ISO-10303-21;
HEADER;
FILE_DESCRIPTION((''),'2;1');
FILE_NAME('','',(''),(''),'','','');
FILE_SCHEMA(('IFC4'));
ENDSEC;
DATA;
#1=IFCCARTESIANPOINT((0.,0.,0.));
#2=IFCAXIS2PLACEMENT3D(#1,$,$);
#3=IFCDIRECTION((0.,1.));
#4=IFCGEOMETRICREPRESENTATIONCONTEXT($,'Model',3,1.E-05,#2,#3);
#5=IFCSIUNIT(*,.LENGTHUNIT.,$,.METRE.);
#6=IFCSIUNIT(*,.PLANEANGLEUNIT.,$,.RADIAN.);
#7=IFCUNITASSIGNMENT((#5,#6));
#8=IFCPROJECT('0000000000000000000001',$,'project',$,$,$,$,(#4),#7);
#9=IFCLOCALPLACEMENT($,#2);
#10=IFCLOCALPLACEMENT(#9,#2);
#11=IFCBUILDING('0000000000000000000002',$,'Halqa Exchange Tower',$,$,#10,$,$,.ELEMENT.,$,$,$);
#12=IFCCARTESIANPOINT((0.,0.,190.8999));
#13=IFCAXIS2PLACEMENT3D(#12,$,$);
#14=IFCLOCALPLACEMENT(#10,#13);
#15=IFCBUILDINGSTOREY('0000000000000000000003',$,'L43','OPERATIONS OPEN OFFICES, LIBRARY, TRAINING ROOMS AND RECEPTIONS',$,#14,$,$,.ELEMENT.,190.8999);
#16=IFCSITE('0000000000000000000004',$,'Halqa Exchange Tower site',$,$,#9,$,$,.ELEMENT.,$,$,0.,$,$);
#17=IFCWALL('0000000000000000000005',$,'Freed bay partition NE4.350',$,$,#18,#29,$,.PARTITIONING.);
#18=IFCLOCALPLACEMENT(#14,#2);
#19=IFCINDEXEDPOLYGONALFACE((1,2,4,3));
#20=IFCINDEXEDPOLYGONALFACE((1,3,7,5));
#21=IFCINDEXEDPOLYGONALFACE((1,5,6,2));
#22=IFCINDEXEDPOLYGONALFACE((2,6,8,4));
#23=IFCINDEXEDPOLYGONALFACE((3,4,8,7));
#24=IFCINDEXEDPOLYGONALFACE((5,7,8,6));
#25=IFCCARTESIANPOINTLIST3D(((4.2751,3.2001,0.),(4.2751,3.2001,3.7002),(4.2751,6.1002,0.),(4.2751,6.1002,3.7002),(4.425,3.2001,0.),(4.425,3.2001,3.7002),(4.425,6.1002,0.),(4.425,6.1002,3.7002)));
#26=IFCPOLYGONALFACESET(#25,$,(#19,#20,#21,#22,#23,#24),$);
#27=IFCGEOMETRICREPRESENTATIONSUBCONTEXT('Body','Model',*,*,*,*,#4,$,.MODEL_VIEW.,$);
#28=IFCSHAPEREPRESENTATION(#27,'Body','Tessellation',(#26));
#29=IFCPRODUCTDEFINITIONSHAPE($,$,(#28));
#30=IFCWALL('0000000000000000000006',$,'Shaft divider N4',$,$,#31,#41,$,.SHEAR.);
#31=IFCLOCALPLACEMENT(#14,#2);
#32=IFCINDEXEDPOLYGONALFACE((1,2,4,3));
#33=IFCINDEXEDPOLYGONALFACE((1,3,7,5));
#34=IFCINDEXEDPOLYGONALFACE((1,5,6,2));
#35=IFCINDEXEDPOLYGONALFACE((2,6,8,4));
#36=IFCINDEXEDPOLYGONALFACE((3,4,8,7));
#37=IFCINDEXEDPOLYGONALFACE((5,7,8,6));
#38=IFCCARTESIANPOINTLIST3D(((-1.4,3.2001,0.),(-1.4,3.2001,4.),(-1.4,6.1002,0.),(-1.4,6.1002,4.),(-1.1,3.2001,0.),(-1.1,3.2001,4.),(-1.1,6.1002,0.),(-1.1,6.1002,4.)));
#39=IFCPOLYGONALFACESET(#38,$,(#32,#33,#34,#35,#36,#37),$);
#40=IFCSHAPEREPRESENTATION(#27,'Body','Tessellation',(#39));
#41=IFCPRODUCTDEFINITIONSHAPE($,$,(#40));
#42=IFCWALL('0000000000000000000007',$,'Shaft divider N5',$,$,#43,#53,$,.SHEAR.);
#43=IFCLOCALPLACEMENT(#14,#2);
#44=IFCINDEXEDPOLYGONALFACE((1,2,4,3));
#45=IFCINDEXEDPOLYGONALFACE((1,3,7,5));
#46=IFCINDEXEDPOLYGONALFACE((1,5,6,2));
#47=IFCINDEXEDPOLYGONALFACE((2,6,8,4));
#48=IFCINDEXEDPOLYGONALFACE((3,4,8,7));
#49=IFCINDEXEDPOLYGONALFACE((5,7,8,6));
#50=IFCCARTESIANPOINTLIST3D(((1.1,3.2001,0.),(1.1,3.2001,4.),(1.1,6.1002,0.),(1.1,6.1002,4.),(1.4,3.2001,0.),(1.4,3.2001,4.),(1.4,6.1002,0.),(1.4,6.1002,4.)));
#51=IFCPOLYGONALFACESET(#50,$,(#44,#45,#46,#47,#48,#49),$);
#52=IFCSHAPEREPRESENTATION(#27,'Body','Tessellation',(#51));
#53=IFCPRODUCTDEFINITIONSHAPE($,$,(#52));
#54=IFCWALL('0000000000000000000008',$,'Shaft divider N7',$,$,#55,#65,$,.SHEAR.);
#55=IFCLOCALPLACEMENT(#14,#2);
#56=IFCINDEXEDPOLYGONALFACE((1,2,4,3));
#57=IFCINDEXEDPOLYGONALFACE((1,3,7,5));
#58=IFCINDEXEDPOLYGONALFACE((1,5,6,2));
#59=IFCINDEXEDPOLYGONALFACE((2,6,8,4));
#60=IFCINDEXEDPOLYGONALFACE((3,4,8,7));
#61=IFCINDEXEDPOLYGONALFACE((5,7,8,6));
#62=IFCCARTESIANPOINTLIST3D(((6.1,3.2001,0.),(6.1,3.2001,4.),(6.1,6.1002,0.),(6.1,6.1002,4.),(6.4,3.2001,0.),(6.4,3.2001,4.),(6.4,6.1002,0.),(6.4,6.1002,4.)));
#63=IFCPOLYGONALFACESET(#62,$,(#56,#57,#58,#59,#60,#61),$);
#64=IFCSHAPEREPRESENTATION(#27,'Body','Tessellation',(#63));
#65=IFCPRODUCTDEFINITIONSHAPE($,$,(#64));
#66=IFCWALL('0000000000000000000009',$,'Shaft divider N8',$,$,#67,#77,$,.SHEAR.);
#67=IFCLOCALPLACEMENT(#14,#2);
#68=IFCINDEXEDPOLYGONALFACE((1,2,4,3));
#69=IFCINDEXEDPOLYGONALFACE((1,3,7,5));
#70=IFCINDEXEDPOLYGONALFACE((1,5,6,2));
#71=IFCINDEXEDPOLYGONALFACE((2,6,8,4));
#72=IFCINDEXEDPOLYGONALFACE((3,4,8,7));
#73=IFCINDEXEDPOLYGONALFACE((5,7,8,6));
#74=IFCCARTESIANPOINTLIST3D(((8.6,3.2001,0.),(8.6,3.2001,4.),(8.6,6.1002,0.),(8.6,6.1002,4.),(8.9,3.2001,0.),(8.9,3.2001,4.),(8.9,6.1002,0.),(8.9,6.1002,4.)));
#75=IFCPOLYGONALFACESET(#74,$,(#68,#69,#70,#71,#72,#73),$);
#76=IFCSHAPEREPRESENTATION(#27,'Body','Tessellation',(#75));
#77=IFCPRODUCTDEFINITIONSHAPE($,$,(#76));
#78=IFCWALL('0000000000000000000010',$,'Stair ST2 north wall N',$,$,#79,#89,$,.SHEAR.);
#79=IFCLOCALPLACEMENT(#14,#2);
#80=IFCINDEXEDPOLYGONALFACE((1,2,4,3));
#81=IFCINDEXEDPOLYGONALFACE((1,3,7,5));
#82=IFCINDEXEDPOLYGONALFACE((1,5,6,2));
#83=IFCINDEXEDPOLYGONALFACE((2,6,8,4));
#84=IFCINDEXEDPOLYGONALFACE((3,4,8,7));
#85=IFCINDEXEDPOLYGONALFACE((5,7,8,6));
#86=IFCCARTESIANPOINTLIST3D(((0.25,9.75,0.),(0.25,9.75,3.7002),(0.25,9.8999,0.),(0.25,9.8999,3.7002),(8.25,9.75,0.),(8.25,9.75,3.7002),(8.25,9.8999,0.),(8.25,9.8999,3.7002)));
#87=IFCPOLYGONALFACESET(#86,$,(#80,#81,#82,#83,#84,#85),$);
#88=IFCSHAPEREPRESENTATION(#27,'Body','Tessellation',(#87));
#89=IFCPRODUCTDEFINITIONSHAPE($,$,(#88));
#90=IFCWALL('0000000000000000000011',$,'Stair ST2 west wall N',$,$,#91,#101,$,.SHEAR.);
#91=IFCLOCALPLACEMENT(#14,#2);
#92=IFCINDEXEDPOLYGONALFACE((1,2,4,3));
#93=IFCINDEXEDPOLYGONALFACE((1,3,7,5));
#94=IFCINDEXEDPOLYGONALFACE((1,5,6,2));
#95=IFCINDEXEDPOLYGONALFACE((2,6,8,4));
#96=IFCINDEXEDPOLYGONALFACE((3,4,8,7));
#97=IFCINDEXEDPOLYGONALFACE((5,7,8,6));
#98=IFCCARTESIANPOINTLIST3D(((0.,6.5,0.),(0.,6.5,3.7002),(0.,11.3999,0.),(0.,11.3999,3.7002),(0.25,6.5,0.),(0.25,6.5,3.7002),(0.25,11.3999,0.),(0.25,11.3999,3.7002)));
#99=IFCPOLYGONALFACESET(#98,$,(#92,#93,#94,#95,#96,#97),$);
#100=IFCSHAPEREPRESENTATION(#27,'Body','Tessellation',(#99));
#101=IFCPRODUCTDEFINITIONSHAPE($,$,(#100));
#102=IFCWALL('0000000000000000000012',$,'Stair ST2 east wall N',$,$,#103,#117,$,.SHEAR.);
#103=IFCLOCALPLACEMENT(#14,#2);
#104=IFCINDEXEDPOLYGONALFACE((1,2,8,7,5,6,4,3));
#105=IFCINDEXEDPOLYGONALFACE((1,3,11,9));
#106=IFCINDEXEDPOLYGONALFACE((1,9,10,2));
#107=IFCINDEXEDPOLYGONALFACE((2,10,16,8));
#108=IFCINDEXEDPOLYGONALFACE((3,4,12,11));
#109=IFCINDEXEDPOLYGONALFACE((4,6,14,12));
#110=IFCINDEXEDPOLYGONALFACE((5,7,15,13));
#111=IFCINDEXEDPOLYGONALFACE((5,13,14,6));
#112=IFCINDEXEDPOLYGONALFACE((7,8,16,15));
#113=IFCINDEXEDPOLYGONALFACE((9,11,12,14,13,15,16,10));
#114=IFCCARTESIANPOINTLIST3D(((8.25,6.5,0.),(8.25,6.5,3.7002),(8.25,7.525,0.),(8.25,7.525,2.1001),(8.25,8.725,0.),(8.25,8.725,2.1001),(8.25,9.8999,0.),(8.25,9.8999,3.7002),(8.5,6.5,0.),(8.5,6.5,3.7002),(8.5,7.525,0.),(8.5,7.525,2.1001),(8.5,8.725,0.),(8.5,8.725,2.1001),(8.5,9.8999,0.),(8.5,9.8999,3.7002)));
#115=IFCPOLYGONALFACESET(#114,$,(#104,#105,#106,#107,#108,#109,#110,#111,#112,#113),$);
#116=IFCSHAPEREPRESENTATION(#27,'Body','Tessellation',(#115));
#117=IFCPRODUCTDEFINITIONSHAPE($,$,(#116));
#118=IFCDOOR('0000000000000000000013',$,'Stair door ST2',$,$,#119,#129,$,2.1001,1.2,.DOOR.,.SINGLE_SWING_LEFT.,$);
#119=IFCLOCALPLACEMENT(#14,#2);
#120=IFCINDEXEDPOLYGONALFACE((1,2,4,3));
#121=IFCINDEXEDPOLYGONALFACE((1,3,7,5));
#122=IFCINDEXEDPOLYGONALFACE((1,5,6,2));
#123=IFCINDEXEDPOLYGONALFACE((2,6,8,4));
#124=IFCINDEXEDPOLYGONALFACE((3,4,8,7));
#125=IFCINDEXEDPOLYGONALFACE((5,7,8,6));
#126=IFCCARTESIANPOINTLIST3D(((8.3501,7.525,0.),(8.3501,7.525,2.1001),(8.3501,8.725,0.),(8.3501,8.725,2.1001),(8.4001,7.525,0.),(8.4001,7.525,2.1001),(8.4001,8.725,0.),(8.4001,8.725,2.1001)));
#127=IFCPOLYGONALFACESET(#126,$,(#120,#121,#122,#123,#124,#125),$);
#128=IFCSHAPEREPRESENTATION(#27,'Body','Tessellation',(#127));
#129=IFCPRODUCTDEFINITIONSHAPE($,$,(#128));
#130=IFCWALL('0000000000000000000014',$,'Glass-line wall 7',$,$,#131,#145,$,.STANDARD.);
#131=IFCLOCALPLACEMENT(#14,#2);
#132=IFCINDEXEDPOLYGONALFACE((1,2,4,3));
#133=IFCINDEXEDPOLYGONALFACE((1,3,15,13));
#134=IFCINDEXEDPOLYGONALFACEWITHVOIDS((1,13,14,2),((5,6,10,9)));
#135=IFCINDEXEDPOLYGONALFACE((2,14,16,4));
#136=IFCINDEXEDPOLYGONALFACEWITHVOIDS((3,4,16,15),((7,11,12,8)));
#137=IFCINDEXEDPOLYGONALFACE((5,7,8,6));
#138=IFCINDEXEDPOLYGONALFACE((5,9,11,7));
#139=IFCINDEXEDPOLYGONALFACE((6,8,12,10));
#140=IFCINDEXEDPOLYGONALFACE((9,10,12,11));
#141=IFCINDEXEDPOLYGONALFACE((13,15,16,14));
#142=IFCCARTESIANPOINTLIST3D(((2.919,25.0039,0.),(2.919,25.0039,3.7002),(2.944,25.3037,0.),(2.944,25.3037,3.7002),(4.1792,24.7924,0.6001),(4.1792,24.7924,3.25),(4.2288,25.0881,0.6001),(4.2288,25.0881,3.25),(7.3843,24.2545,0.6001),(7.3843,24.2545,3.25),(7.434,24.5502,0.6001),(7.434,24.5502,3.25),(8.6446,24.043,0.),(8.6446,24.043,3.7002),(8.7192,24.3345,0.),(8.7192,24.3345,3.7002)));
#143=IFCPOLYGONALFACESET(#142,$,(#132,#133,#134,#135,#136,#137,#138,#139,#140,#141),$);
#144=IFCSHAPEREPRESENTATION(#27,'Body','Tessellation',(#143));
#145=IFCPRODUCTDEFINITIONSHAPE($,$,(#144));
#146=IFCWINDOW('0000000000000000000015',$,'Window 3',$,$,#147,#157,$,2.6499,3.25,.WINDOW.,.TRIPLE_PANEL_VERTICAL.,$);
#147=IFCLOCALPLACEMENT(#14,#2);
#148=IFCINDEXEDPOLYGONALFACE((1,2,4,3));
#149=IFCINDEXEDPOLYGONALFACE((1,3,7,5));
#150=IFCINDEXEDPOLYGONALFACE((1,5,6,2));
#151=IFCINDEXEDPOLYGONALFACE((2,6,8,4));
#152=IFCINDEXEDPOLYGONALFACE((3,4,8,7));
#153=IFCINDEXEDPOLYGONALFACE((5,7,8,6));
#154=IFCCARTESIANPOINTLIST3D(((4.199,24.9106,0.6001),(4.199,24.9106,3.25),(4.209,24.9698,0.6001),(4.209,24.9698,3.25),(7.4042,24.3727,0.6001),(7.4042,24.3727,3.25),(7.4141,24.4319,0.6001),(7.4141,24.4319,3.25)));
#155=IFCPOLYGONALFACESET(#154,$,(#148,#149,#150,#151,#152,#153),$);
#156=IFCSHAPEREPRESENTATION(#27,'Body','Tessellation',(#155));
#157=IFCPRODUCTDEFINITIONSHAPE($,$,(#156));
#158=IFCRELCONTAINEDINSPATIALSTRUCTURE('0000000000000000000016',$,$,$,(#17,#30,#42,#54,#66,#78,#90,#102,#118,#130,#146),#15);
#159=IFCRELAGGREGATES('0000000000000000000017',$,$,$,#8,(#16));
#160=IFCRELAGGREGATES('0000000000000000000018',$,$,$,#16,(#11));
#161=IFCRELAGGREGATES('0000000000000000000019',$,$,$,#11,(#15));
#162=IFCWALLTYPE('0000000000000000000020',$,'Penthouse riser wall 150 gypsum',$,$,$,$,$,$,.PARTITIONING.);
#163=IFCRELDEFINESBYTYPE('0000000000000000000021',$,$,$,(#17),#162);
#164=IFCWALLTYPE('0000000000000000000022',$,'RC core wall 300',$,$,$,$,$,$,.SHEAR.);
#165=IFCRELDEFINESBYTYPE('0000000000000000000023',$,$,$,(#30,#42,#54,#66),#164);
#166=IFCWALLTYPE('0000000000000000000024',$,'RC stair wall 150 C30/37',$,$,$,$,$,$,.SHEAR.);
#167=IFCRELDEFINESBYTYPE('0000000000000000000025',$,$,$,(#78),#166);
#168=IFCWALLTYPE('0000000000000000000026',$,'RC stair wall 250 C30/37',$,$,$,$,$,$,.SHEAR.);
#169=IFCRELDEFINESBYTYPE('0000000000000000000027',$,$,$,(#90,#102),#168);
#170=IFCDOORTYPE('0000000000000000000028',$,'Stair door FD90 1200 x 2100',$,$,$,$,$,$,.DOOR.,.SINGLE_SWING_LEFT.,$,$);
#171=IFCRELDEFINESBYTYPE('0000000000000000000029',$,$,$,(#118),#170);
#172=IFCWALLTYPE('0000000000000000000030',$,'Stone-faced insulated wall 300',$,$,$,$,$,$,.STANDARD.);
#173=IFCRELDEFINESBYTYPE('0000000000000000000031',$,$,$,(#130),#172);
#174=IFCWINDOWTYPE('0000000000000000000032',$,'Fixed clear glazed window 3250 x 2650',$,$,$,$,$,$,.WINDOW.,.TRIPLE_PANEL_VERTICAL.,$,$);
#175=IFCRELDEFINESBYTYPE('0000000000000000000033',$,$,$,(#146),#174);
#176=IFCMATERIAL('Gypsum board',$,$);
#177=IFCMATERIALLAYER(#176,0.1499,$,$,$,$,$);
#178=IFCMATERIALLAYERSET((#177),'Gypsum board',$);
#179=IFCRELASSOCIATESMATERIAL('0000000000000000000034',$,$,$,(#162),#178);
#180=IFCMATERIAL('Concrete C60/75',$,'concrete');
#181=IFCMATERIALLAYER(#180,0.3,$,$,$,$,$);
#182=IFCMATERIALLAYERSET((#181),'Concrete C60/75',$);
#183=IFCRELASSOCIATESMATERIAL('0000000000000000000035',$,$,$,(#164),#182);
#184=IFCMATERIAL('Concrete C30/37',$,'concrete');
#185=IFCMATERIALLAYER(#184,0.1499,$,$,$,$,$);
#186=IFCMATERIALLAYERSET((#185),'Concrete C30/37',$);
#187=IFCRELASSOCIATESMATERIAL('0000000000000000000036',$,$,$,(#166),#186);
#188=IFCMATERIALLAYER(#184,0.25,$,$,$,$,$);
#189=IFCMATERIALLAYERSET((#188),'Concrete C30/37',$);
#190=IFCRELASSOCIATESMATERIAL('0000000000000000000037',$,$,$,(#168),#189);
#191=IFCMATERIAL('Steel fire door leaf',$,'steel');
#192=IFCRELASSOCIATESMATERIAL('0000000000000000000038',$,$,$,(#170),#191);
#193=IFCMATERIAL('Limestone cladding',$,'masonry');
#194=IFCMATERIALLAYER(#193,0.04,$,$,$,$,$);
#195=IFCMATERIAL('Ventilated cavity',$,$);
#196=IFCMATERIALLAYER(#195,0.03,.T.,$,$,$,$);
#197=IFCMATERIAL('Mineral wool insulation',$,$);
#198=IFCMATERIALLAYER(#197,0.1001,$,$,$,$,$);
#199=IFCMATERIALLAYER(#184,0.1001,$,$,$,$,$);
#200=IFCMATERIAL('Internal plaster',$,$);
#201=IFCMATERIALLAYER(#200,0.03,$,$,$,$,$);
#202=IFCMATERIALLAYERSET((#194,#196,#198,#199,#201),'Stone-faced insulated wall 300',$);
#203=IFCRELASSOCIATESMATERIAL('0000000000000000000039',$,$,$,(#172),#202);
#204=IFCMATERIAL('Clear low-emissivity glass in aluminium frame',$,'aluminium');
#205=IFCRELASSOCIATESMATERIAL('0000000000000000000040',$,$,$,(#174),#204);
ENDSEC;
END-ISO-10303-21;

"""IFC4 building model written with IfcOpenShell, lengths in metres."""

from ifc_helpers import new_model, si_unit, direction, frame, frame_2d, origin, place, context, subcontext, project, spatial, polyline, rectangle, outline, extrude, material, layer, layer_set, type_object, element, fill, save


model = new_model("IFC4")

# Units and contexts
model_context = context("Model", 3, precision=1e-05, world=origin(), true_north=direction((0.0, 1.0)))
body_context = subcontext(model_context, "Body", "Model", "MODEL_VIEW")
ifc_project = project(units=[si_unit("LENGTHUNIT", "METRE"), si_unit("PLANEANGLEUNIT", "RADIAN")], contexts=[model_context])

# Site, building, storey
site_placement = place(None, origin())
site = spatial("IfcSite", under=ifc_project, at=site_placement, Name="Halqa Exchange Tower site", CompositionType="ELEMENT", RefElevation=0.0)
building_placement = place(site_placement, origin())
building = spatial("IfcBuilding", under=site, at=building_placement, Name="Halqa Exchange Tower", CompositionType="ELEMENT")
storey_placement = place(building_placement, frame((0.0, 0.0, 190.8999)))
storey = spatial("IfcBuildingStorey", under=building, at=storey_placement, Name="L43", Description="OPERATIONS OPEN OFFICES, LIBRARY, TRAINING ROOMS AND RECEPTIONS", CompositionType="ELEMENT", Elevation=190.8999)

# Shared definitions
ifc_material_1 = material(Name="Concrete C60/75", Category="concrete")

# Shared definitions
ifc_material_2 = material(Name="Concrete C30/37", Category="concrete")

# Walls
ifc_material_3 = material(Name="Gypsum board")
ifc_layer_1 = layer(ifc_material_3, 0.1499)
ifc_layer_set_1 = layer_set([ifc_layer_1], Name="Gypsum board")
wall_type_1 = type_object("IfcWallType", Name="Penthouse riser wall 150 gypsum", PredefinedType="PARTITIONING", material=ifc_layer_set_1)
wall_1_placement = place(storey_placement, frame((4.3501, 3.2, 0.0), z_axis=(0.0, 0.0, 1.0), x_axis=(0.0, 1.0, 0.0)))
element("IfcWall", 1, at=wall_1_placement, inside=storey, type_object=wall_type_1, Name="Freed bay partition NE4.350", PredefinedType="PARTITIONING", context=body_context, shape_type="SweptSolid", body=[
    extrude(rectangle(XDim=2.9001, YDim=0.1499, at=frame_2d((1.4502, 0.0))), origin(), (0.0, 0.0, 1.0), 3.7002),
])
ifc_layer_2 = layer(ifc_material_1, 0.3)
ifc_layer_set_2 = layer_set([ifc_layer_2], Name="Concrete C60/75")
wall_type_2 = type_object("IfcWallType", Name="RC core wall 300", PredefinedType="SHEAR", material=ifc_layer_set_2)
for number, where, z_axis, x_axis, name in (
    (2, (-1.25, 3.2, 0.0), (0.0, 0.0, 1.0), (0.0, 1.0, 0.0), "Shaft divider N4"),
    (3, (1.25, 3.2, 0.0), (0.0, 0.0, 1.0), (0.0, 1.0, 0.0), "Shaft divider N5"),
    (4, (6.25, 3.2, 0.0), (0.0, 0.0, 1.0), (0.0, 1.0, 0.0), "Shaft divider N7"),
    (5, (8.75, 3.2, 0.0), (0.0, 0.0, 1.0), (0.0, 1.0, 0.0), "Shaft divider N8"),
):
    element("IfcWall", number, at=place(storey_placement, frame(where, z_axis=z_axis, x_axis=x_axis)), inside=storey, type_object=wall_type_2, Name=name, PredefinedType="SHEAR", context=body_context, shape_type="SweptSolid", body=[
        extrude(rectangle(XDim=2.9001, YDim=0.3, at=frame_2d((1.4502, 0.0))), origin(), (0.0, 0.0, 1.0), 4.0),
    ])
ifc_layer_3 = layer(ifc_material_2, 0.1499)
ifc_layer_set_3 = layer_set([ifc_layer_3], Name="Concrete C30/37")
wall_type_3 = type_object("IfcWallType", Name="RC stair wall 150 C30/37", PredefinedType="SHEAR", material=ifc_layer_set_3)
wall_2_placement = place(storey_placement, frame((0.25, 9.825, 0.0), z_axis=(0.0, 0.0, 1.0), x_axis=(1.0, 0.0, 0.0)))
element("IfcWall", 6, at=wall_2_placement, inside=storey, type_object=wall_type_3, Name="Stair ST2 north wall N", PredefinedType="SHEAR", context=body_context, shape_type="SweptSolid", body=[
    extrude(rectangle(XDim=8.0, YDim=0.1499, at=frame_2d((4.0, 0.0))), origin(), (0.0, 0.0, 1.0), 3.7002),
])
ifc_layer_4 = layer(ifc_material_2, 0.25)
ifc_layer_set_4 = layer_set([ifc_layer_4], Name="Concrete C30/37")
wall_type_4 = type_object("IfcWallType", Name="RC stair wall 250 C30/37", PredefinedType="SHEAR", material=ifc_layer_set_4)
wall_3_placement = place(storey_placement, frame((0.125, 6.5, 0.0), z_axis=(0.0, 0.0, 1.0), x_axis=(0.0, 1.0, 0.0)))
element("IfcWall", 7, at=wall_3_placement, inside=storey, type_object=wall_type_4, Name="Stair ST2 west wall N", PredefinedType="SHEAR", context=body_context, shape_type="SweptSolid", body=[
    extrude(rectangle(XDim=4.8999, YDim=0.25, at=frame_2d((2.45, 0.0))), origin(), (0.0, 0.0, 1.0), 3.7002),
])

# Wall, opening, door
wall_4_placement = place(storey_placement, frame((8.375, 6.5, 0.0), z_axis=(0.0, 0.0, 1.0), x_axis=(0.0, 1.0, 0.0)))
wall_4 = element("IfcWall", 8, at=wall_4_placement, inside=storey, type_object=wall_type_4, Name="Stair ST2 east wall N", PredefinedType="SHEAR", context=body_context, shape_type="SweptSolid", body=[
    extrude(rectangle(XDim=3.3999, YDim=0.25, at=frame_2d((1.7, 0.0))), origin(), (0.0, 0.0, 1.0), 3.7002),
])
opening_1_placement = place(wall_4_placement, frame((1.0249, 0.0, 0.0)))
opening_1 = element("IfcOpeningElement", 9, at=opening_1_placement, cuts=wall_4, PredefinedType="OPENING", context=body_context, shape_type="SweptSolid", body=[
    extrude(rectangle(XDim=1.2, YDim=2.1001, at=frame_2d((0.6001, 1.05))), frame((0.0, 0.137, 0.0), z_axis=(0.0, -1.0, 0.0), x_axis=(1.0, 0.0, 0.0)), (0.0, 0.0, 1.0), 0.2739),
])
ifc_material_4 = material(Name="Steel fire door leaf", Category="steel")
door_type_1 = type_object("IfcDoorType", Name="Stair door FD90 1200 x 2100", OperationType="SINGLE_SWING_LEFT", PredefinedType="DOOR", material=ifc_material_4)
door_1_placement = place(opening_1_placement, origin())
door_1 = element("IfcDoor", 10, at=door_1_placement, inside=storey, type_object=door_type_1, Name="Stair door ST2", OperationType="SINGLE_SWING_LEFT", OverallHeight=2.1001, OverallWidth=1.2, PredefinedType="DOOR", context=body_context, shape_type="SweptSolid", body=[
    extrude(rectangle(XDim=1.2, YDim=2.1001, at=frame_2d((0.6001, 1.05))), frame((0.0, 0.0249, 0.0), z_axis=(0.0, -1.0, 0.0), x_axis=(1.0, 0.0, 0.0)), (0.0, 0.0, 1.0), 0.05),
])
fill(opening_1, door_1)

# Wall, opening, window
ifc_material_5 = material(Name="Limestone cladding", Category="masonry")
ifc_layer_5 = layer(ifc_material_5, 0.04)
ifc_material_6 = material(Name="Ventilated cavity")
ifc_layer_6 = layer(ifc_material_6, 0.03, ventilated=True)
ifc_material_7 = material(Name="Mineral wool insulation")
ifc_layer_7 = layer(ifc_material_7, 0.1001)
ifc_layer_8 = layer(ifc_material_2, 0.1001)
ifc_material_8 = material(Name="Internal plaster")
ifc_layer_9 = layer(ifc_material_8, 0.03)
ifc_layer_set_5 = layer_set([ifc_layer_5, ifc_layer_6, ifc_layer_7, ifc_layer_8, ifc_layer_9], Name="Stone-faced insulated wall 300")
wall_type_5 = type_object("IfcWallType", Name="Stone-faced insulated wall 300", PredefinedType="STANDARD", material=ifc_layer_set_5)
wall_5_placement = place(storey_placement, frame((8.6819, 24.1887, 0.0), z_axis=(0.0, 0.0, 1.0), x_axis=(-0.986208, 0.165512, 0.0)))
wall_5 = element("IfcWall", 11, at=wall_5_placement, inside=storey, type_object=wall_type_5, Name="Glass-line wall 7", PredefinedType="STANDARD", context=body_context, shape_type="SweptSolid", body=[
    extrude(outline(polyline([(-0.0127, -0.1499), (5.8433, -0.1499), (5.8184, 0.1499), (0.0127, 0.1499), (-0.0127, -0.1499)])), origin(), (0.0, 0.0, 1.0), 3.7002),
])
opening_2_placement = place(wall_5_placement, frame((1.2905, 0.0, 0.6001)))
opening_2 = element("IfcOpeningElement", 12, at=opening_2_placement, cuts=wall_5, PredefinedType="OPENING", context=body_context, shape_type="SweptSolid", body=[
    extrude(rectangle(XDim=3.25, YDim=2.6499, at=frame_2d((1.625, 1.325))), frame((0.0, 0.1621, 0.0), z_axis=(0.0, -1.0, 0.0), x_axis=(1.0, 0.0, 0.0)), (0.0, 0.0, 1.0), 0.324),
])
ifc_material_9 = material(Name="Clear low-emissivity glass in aluminium frame", Category="aluminium")
window_type = type_object("IfcWindowType", Name="Fixed clear glazed window 3250 x 2650", PartitioningType="TRIPLE_PANEL_VERTICAL", PredefinedType="WINDOW", material=ifc_material_9)
window_placement = place(opening_2_placement, origin())
window = element("IfcWindow", 13, at=window_placement, inside=storey, type_object=window_type, Name="Window 3", OverallHeight=2.6499, OverallWidth=3.25, PartitioningType="TRIPLE_PANEL_VERTICAL", PredefinedType="WINDOW", context=body_context, shape_type="SweptSolid", body=[
    extrude(rectangle(XDim=3.25, YDim=2.6499, at=frame_2d((1.625, 1.325))), frame((0.0, 0.03, 0.0), z_axis=(0.0, -1.0, 0.0), x_axis=(1.0, 0.0, 0.0)), (0.0, 0.0, 1.0), 0.0601),
])
fill(opening_2, window)

save(model, "model.ifc")
